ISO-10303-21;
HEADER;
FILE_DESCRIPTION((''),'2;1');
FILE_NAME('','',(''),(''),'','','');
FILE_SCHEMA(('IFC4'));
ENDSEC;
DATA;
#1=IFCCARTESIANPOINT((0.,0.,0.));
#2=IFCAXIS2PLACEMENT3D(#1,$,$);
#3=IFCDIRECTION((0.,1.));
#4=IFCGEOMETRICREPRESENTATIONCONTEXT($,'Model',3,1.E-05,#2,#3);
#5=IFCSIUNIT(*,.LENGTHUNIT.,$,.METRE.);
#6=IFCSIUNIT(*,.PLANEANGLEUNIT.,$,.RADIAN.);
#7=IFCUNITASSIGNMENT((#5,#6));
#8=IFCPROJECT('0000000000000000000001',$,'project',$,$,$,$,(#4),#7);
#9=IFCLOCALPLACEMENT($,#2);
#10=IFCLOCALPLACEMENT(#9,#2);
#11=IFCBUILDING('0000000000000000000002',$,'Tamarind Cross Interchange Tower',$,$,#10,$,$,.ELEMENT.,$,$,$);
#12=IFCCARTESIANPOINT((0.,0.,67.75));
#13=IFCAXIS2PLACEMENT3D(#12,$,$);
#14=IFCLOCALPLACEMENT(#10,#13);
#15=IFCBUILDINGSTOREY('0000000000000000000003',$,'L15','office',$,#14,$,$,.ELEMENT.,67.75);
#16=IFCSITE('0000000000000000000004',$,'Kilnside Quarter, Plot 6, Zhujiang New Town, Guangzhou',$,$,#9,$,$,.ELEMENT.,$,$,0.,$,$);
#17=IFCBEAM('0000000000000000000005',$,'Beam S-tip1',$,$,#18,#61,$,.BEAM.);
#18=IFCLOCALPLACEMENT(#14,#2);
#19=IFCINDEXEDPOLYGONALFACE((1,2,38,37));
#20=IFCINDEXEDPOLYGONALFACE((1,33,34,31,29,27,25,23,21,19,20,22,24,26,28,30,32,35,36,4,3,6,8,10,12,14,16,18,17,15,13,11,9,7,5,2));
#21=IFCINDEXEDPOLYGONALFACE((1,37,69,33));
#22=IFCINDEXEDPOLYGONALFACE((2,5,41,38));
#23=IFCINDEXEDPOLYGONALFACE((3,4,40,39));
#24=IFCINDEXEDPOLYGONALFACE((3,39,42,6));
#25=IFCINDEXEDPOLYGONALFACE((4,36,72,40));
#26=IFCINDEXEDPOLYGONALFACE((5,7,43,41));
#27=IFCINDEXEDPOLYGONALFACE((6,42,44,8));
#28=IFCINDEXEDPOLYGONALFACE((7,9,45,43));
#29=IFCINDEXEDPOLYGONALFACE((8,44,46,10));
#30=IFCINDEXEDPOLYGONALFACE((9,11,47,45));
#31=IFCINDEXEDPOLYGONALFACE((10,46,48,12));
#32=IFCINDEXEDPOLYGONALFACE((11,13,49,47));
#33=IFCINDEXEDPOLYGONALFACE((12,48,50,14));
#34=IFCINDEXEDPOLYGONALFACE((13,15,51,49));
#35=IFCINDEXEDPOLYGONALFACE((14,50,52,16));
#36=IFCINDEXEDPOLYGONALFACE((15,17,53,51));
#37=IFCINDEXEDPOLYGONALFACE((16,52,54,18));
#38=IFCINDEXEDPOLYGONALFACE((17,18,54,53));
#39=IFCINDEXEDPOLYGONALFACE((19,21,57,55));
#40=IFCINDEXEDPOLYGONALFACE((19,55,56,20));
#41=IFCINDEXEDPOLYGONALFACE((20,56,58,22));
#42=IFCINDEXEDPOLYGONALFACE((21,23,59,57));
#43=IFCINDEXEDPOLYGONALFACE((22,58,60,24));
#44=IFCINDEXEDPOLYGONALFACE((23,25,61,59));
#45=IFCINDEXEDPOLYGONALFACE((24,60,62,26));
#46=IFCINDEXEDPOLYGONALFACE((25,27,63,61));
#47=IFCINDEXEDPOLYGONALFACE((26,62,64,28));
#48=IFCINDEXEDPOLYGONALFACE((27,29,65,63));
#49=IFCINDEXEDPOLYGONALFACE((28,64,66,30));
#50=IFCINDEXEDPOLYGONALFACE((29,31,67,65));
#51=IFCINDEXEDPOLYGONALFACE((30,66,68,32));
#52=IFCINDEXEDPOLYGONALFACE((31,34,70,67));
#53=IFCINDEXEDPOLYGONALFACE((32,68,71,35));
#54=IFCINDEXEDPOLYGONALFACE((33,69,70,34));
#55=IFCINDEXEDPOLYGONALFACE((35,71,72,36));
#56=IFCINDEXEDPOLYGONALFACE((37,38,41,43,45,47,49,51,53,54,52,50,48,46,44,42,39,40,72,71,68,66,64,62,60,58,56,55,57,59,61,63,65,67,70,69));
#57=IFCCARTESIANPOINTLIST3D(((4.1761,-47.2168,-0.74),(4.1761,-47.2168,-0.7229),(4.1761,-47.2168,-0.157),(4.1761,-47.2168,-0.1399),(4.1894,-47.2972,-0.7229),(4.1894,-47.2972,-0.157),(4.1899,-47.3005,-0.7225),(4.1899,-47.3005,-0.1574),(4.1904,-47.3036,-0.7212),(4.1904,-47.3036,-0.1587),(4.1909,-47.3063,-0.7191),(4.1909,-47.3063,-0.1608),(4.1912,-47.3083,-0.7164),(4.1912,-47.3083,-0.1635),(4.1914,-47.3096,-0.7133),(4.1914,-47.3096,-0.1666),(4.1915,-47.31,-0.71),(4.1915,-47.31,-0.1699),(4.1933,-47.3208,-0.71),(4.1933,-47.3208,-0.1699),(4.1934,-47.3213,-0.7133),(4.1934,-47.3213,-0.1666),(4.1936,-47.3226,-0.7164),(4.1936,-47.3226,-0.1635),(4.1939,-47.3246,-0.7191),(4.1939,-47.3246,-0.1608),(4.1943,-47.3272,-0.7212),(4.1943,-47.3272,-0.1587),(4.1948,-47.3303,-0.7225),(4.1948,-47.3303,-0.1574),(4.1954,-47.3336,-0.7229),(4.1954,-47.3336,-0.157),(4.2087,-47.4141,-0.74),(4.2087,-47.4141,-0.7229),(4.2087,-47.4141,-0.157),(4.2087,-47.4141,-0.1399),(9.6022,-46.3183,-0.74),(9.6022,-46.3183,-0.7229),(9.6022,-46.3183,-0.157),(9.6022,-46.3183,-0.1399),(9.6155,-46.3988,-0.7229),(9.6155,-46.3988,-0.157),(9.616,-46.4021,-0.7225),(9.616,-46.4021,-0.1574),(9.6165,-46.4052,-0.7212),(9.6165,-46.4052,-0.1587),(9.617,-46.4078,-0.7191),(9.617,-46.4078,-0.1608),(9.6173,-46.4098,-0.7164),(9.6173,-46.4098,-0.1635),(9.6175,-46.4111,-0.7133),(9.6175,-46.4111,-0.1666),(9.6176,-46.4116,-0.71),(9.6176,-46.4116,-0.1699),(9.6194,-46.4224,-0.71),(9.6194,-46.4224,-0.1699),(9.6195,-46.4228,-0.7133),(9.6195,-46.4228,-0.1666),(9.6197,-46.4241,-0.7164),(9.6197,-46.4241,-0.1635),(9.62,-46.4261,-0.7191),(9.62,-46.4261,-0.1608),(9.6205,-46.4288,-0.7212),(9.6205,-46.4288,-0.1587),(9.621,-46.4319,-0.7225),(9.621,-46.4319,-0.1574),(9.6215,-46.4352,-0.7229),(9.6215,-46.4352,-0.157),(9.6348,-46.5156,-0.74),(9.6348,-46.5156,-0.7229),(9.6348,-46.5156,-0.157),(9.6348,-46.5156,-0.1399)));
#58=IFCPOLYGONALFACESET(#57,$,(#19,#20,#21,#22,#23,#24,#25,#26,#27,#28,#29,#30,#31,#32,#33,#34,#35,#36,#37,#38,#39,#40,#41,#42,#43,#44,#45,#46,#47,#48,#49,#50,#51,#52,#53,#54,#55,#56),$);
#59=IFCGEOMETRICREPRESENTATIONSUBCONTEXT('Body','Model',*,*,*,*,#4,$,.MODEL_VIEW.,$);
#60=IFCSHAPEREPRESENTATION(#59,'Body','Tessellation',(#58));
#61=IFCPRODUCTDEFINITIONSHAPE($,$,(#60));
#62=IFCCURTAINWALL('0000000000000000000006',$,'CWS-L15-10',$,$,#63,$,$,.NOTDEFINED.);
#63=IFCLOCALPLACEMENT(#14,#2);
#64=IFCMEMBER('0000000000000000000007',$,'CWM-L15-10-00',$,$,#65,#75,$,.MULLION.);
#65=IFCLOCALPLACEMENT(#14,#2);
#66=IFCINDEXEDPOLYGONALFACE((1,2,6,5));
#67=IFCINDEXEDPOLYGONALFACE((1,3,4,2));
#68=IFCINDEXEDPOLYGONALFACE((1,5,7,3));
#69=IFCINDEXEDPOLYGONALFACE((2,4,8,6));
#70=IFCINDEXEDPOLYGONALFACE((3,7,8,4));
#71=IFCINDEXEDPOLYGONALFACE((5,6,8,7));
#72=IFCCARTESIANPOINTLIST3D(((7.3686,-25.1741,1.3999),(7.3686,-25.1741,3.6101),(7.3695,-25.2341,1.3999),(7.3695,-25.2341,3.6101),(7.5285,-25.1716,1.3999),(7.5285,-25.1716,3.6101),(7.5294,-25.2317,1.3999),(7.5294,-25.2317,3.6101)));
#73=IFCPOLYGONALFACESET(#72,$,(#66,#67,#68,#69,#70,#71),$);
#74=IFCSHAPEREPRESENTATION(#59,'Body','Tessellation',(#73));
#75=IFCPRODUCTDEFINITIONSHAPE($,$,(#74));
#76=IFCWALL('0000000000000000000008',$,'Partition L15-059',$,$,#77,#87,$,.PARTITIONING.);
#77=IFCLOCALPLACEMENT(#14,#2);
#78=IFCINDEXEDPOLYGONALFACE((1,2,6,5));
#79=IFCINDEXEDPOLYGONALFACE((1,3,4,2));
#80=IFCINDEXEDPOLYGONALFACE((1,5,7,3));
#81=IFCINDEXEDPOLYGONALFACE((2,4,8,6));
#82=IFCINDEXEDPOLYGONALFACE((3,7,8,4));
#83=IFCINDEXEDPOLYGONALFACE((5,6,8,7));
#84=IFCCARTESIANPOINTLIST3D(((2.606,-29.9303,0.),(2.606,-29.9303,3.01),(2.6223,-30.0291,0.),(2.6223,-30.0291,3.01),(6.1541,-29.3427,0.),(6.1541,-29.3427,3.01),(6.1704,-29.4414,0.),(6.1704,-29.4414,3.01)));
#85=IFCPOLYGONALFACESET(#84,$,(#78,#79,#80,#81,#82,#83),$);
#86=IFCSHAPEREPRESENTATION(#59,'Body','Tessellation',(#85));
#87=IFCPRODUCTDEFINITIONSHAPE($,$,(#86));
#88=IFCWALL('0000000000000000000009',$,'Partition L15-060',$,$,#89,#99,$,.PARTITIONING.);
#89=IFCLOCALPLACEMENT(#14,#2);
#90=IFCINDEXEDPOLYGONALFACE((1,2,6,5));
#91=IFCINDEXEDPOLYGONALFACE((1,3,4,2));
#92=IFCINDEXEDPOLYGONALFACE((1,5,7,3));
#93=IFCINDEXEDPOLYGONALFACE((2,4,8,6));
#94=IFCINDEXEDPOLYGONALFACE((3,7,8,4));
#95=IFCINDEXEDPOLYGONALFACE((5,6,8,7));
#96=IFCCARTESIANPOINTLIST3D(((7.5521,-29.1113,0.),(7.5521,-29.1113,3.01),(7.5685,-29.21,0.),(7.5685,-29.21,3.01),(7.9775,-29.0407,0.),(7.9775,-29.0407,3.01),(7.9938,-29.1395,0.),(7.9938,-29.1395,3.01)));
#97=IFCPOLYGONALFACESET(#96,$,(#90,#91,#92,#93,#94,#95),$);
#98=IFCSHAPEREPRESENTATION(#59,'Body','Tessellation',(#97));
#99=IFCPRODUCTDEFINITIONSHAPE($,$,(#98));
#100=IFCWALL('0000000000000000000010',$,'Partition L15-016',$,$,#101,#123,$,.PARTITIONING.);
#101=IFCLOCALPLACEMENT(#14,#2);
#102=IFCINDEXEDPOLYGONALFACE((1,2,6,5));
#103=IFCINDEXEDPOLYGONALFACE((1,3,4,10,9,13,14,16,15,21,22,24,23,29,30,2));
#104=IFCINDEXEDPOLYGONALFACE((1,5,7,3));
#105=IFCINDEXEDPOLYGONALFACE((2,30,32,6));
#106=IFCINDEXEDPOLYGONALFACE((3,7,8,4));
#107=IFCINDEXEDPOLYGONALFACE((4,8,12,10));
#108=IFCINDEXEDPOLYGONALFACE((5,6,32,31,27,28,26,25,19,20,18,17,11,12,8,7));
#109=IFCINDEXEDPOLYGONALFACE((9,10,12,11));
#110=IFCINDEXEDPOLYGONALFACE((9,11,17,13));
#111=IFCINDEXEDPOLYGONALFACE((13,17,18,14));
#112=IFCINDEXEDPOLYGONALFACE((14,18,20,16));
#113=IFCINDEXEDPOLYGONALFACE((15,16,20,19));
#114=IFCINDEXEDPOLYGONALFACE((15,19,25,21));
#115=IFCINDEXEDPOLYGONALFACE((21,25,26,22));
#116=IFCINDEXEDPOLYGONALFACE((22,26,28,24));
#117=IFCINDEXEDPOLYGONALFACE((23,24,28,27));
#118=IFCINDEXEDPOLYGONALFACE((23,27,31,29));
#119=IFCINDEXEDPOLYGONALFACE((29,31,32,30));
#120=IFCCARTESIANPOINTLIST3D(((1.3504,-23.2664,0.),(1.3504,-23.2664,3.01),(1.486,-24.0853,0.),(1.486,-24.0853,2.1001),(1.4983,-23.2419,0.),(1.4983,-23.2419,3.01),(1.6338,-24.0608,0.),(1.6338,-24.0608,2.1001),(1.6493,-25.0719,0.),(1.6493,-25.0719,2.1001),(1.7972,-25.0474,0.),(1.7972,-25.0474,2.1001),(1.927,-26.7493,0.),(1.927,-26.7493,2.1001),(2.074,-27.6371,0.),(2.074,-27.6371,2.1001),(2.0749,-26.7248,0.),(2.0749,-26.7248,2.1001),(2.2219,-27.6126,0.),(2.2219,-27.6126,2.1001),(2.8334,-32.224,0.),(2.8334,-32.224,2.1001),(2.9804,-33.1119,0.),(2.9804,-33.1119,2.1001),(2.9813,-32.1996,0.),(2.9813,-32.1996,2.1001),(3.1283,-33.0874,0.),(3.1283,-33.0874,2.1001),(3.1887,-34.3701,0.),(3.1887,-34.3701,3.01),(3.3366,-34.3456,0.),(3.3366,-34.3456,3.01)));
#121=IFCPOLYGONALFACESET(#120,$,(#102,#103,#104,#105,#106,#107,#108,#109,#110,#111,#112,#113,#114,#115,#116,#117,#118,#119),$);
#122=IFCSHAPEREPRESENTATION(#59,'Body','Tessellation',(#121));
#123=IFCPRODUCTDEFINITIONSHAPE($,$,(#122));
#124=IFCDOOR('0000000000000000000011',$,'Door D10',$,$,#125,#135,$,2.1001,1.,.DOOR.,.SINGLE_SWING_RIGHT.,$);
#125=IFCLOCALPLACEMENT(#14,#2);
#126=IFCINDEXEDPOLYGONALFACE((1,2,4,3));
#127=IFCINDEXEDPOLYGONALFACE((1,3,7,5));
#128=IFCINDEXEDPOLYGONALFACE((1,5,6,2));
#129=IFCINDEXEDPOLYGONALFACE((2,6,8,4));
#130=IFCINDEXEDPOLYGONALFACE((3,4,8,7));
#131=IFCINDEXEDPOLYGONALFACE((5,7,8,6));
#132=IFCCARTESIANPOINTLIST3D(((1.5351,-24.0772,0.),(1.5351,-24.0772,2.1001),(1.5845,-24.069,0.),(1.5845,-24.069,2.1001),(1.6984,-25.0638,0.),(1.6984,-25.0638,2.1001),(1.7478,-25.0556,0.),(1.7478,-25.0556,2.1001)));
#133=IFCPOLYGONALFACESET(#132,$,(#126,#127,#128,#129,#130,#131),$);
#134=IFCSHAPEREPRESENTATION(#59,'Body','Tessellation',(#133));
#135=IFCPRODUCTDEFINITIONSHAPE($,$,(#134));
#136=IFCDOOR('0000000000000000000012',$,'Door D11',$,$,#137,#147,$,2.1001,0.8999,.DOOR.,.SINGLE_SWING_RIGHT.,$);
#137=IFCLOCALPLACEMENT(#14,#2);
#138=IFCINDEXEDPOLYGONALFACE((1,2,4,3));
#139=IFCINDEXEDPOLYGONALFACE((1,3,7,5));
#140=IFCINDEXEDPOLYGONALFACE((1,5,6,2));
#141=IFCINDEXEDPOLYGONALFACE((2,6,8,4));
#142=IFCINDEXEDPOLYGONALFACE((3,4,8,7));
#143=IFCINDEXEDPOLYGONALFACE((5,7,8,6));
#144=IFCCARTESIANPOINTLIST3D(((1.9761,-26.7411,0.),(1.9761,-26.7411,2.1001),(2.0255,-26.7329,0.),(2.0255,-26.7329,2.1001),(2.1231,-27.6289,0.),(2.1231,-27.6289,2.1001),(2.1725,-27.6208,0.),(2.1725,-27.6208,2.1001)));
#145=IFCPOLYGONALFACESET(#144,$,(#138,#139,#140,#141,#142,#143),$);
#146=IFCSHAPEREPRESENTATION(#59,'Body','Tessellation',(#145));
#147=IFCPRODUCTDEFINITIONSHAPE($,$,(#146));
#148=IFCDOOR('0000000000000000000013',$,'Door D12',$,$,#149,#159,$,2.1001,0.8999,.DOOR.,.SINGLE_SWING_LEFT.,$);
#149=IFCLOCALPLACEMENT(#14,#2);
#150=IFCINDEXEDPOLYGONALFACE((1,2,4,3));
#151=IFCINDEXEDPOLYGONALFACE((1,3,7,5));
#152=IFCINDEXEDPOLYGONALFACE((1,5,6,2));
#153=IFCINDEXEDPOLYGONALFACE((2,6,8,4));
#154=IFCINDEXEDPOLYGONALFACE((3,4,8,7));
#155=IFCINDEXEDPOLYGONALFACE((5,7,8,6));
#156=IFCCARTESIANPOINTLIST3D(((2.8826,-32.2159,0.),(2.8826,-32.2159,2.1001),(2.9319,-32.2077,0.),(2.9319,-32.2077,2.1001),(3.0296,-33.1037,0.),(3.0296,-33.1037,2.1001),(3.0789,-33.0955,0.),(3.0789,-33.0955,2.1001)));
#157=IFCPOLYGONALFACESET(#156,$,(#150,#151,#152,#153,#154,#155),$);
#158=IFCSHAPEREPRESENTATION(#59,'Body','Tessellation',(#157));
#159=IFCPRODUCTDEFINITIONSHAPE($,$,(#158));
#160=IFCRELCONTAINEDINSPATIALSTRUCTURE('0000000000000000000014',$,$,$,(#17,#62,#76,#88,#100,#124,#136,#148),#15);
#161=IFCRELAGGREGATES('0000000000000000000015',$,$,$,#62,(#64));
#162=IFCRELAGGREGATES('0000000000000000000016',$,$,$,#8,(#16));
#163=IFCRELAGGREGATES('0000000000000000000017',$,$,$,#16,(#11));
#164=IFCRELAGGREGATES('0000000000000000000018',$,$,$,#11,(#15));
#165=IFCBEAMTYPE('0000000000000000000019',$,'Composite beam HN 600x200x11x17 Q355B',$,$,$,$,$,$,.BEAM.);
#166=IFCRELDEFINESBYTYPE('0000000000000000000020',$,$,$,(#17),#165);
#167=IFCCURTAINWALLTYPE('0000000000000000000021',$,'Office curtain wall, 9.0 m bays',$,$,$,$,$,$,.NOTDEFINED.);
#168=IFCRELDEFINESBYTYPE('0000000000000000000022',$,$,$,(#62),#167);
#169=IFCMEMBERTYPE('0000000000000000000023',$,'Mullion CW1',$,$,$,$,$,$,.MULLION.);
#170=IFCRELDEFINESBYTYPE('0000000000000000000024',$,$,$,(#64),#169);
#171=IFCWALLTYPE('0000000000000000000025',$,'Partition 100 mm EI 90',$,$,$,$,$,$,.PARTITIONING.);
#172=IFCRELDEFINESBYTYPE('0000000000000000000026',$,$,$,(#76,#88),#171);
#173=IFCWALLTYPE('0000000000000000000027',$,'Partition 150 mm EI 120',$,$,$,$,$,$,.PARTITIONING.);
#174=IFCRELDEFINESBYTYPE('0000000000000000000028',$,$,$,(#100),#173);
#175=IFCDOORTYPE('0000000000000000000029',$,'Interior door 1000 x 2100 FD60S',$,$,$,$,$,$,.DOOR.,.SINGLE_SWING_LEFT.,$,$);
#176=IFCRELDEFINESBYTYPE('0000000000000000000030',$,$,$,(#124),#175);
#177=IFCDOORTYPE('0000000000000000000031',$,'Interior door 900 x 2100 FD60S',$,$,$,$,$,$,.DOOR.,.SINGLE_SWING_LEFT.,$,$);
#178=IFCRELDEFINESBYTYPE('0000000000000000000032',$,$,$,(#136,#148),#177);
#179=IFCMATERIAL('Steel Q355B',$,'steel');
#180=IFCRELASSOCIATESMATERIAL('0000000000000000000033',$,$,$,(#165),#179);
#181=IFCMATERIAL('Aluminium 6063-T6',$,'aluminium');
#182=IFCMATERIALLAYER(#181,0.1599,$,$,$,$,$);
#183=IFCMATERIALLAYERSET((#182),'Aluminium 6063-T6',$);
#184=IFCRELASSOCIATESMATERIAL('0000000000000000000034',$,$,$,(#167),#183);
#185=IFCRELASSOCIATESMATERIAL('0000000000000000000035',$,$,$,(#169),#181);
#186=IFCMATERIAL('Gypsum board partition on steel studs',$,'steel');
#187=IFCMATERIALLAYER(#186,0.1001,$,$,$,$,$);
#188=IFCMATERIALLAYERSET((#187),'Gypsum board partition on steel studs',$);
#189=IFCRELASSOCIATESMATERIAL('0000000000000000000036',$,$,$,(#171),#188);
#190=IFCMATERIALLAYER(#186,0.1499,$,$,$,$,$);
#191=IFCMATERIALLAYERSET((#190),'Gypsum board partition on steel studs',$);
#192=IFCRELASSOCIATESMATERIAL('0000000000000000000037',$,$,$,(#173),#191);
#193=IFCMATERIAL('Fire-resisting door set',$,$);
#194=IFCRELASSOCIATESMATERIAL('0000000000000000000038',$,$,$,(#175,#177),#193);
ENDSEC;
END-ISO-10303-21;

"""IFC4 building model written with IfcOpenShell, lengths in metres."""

from ifc_helpers import new_model, si_unit, direction, frame, frame_2d, origin, origin_2d, place, context, subcontext, project, spatial, rectangle, i_section, extrude, material, layer, layer_set, material_profile, profile_set, type_object, element, fill, aggregate, save


model = new_model("IFC4")

# Units and contexts
model_context = context("Model", 3, precision=1e-05, world=origin(), true_north=direction((0.0, 1.0)))
body_context = subcontext(model_context, "Body", "Model", "MODEL_VIEW")
ifc_project = project(units=[si_unit("LENGTHUNIT", "METRE"), si_unit("PLANEANGLEUNIT", "RADIAN")], contexts=[model_context])

# Site, building, storey
site_placement = place(None, origin())
site = spatial("IfcSite", under=ifc_project, at=site_placement, Name="Kilnside Quarter, Plot 6, Zhujiang New Town, Guangzhou", CompositionType="ELEMENT", RefElevation=0.0)
building_placement = place(site_placement, origin())
building = spatial("IfcBuilding", under=site, at=building_placement, Name="Tamarind Cross Interchange Tower", CompositionType="ELEMENT")
storey_placement = place(building_placement, frame((0.0, 0.0, 67.75)))
storey = spatial("IfcBuildingStorey", under=building, at=storey_placement, Name="L15", Description="office", CompositionType="ELEMENT", Elevation=67.75)

# Beam
ifc_material_1 = material(Name="Steel Q355B", Category="steel")
ifc_material_profile_1 = material_profile(ifc_material_1, i_section(OverallWidth=0.2, OverallDepth=0.6001, WebThickness=0.011, FlangeThickness=0.0171, FilletRadius=0.0129, at=origin_2d()), Name="HN 600x200x11x17")
ifc_profile_set_1 = profile_set([ifc_material_profile_1], Name="Steel Q355B")
beam_type_1 = type_object("IfcBeamType", Name="Composite beam HN 600x200x11x17 Q355B", PredefinedType="BEAM", material=ifc_profile_set_1)
beam_1_placement = place(storey_placement, frame((4.1924, -47.3154, -0.4399), z_axis=(0.986567, 0.163355, 0.0), x_axis=(-0.163355, 0.986567, 0.0)))
element("IfcBeam", 1, at=beam_1_placement, inside=storey, type_object=beam_type_1, Name="Beam S-tip1", PredefinedType="BEAM", context=body_context, shape_type="SweptSolid", body=[
    extrude(i_section(OverallWidth=0.2, OverallDepth=0.6001, WebThickness=0.011, FlangeThickness=0.0171, FilletRadius=0.0129, at=origin_2d()), origin(), (0.0, 0.0, 1.0), 5.5),
])

# Curtain wall, member
ifc_material_2 = material(Name="Aluminium 6063-T6", Category="aluminium")
ifc_layer_1 = layer(ifc_material_2, 0.1599)
ifc_layer_set_1 = layer_set([ifc_layer_1], Name="Aluminium 6063-T6")
curtain_wall_type = type_object("IfcCurtainWallType", Name="Office curtain wall, 9.0 m bays", PredefinedType="NOTDEFINED", material=ifc_layer_set_1)
curtain_wall_placement = place(storey_placement, origin())
curtain_wall = element("IfcCurtainWall", 2, at=curtain_wall_placement, inside=storey, type_object=curtain_wall_type, Name="CWS-L15-10", PredefinedType="NOTDEFINED")
ifc_material_profile_2 = material_profile(ifc_material_2, rectangle(XDim=0.0601, YDim=0.1599, at=origin_2d()), Name="Mullion CW1")
ifc_profile_set_2 = profile_set([ifc_material_profile_2], Name="Aluminium 6063-T6")
member_type = type_object("IfcMemberType", Name="Mullion CW1", PredefinedType="MULLION", material=ifc_profile_set_2)
member_placement = place(storey_placement, frame((7.449, -25.2029, 1.3999), z_axis=(0.0, 0.0, 1.0), x_axis=(-0.015281, 0.999883, 0.0)))
member = element("IfcMember", 3, at=member_placement, type_object=member_type, Name="CWM-L15-10-00", PredefinedType="MULLION", context=body_context, shape_type="SweptSolid", body=[
    extrude(rectangle(XDim=0.0601, YDim=0.1599, at=origin_2d()), origin(), (0.0, 0.0, 1.0), 2.2102),
])
aggregate(curtain_wall, [member])

# Walls
ifc_material_3 = material(Name="Gypsum board partition on steel studs", Category="steel")
ifc_layer_2 = layer(ifc_material_3, 0.1001)
ifc_layer_set_2 = layer_set([ifc_layer_2], Name="Gypsum board partition on steel studs")
wall_type_1 = type_object("IfcWallType", Name="Partition 100 mm EI 90", PredefinedType="PARTITIONING", material=ifc_layer_set_2)
wall_1_placement = place(storey_placement, frame((2.614, -29.9797, 0.0), z_axis=(0.0, 0.0, 1.0), x_axis=(0.98656, 0.163397, 0.0)))
element("IfcWall", 4, at=wall_1_placement, inside=storey, type_object=wall_type_1, Name="Partition L15-059", PredefinedType="PARTITIONING", context=body_context, shape_type="SweptSolid", body=[
    extrude(rectangle(XDim=3.5964, YDim=0.1001, at=frame_2d((1.7983, 0.0))), origin(), (0.0, 0.0, 1.0), 3.01),
])
wall_2_placement = place(storey_placement, frame((7.5603, -29.1606, 0.0), z_axis=(0.0, 0.0, 1.0), x_axis=(0.986516, 0.163664, 0.0)))
element("IfcWall", 5, at=wall_2_placement, inside=storey, type_object=wall_type_1, Name="Partition L15-060", PredefinedType="PARTITIONING", context=body_context, shape_type="SweptSolid", body=[
    extrude(rectangle(XDim=0.4312, YDim=0.1001, at=frame_2d((0.2156, 0.0))), origin(), (0.0, 0.0, 1.0), 3.01),
])

# Wall, openings, doors
ifc_layer_3 = layer(ifc_material_3, 0.1499)
ifc_layer_set_3 = layer_set([ifc_layer_3], Name="Gypsum board partition on steel studs")
wall_type_2 = type_object("IfcWallType", Name="Partition 150 mm EI 120", PredefinedType="PARTITIONING", material=ifc_layer_set_3)
wall_3_placement = place(storey_placement, frame((1.4243, -23.2542, 0.0), z_axis=(0.0, 0.0, 1.0), x_axis=(0.16334, -0.98657, 0.0)))
wall_3 = element("IfcWall", 6, at=wall_3_placement, inside=storey, type_object=wall_type_2, Name="Partition L15-016", PredefinedType="PARTITIONING", context=body_context, shape_type="SweptSolid", body=[
    extrude(rectangle(XDim=11.2549, YDim=0.1499, at=frame_2d((5.6274, 0.0))), origin(), (0.0, 0.0, 1.0), 3.01),
])
opening_1_placement = place(wall_3_placement, frame((0.8301, 0.0, 0.0)))
opening_1 = element("IfcOpeningElement", 7, at=opening_1_placement, cuts=wall_3, PredefinedType="OPENING", context=body_context, shape_type="SweptSolid", body=[
    extrude(rectangle(XDim=1.0, YDim=2.1001, at=frame_2d((0.5, 1.05))), frame((0.0, 0.085, 0.0), z_axis=(0.0, -1.0, 0.0), x_axis=(1.0, 0.0, 0.0)), (0.0, 0.0, 1.0), 0.1699),
])
opening_2_placement = place(wall_3_placement, frame((3.5303, 0.0, 0.0)))
opening_2 = element("IfcOpeningElement", 8, at=opening_2_placement, cuts=wall_3, PredefinedType="OPENING", context=body_context, shape_type="SweptSolid", body=[
    extrude(rectangle(XDim=0.8999, YDim=2.1001, at=frame_2d((0.45, 1.05))), frame((0.0, 0.085, 0.0), z_axis=(0.0, -1.0, 0.0), x_axis=(1.0, 0.0, 0.0)), (0.0, 0.0, 1.0), 0.1699),
])
opening_3_placement = place(wall_3_placement, frame((9.0796, 0.0, 0.0)))
opening_3 = element("IfcOpeningElement", 9, at=opening_3_placement, cuts=wall_3, PredefinedType="OPENING", context=body_context, shape_type="SweptSolid", body=[
    extrude(rectangle(XDim=0.8999, YDim=2.1001, at=frame_2d((0.45, 1.05))), frame((0.0, 0.085, 0.0), z_axis=(0.0, -1.0, 0.0), x_axis=(1.0, 0.0, 0.0)), (0.0, 0.0, 1.0), 0.1699),
])
ifc_material_4 = material(Name="Fire-resisting door set")
door_type_1 = type_object("IfcDoorType", Name="Interior door 1000 x 2100 FD60S", OperationType="SINGLE_SWING_LEFT", PredefinedType="DOOR", material=ifc_material_4)
door_1_placement = place(opening_1_placement, origin())
door_1 = element("IfcDoor", 10, at=door_1_placement, inside=storey, type_object=door_type_1, Name="Door D10", OperationType="SINGLE_SWING_RIGHT", OverallHeight=2.1001, OverallWidth=1.0, PredefinedType="DOOR", context=body_context, shape_type="SweptSolid", body=[
    extrude(rectangle(XDim=1.0, YDim=2.1001, at=frame_2d((0.5, 1.05))), frame((0.0, 0.0249, 0.0), z_axis=(0.0, -1.0, 0.0), x_axis=(1.0, 0.0, 0.0)), (0.0, 0.0, 1.0), 0.05),
])
fill(opening_1, door_1)
door_type_2 = type_object("IfcDoorType", Name="Interior door 900 x 2100 FD60S", OperationType="SINGLE_SWING_LEFT", PredefinedType="DOOR", material=ifc_material_4)
door_2_placement = place(opening_2_placement, origin())
door_2 = element("IfcDoor", 11, at=door_2_placement, inside=storey, type_object=door_type_2, Name="Door D11", OperationType="SINGLE_SWING_RIGHT", OverallHeight=2.1001, OverallWidth=0.8999, PredefinedType="DOOR", context=body_context, shape_type="SweptSolid", body=[
    extrude(rectangle(XDim=0.8999, YDim=2.1001, at=frame_2d((0.45, 1.05))), frame((0.0, 0.0249, 0.0), z_axis=(0.0, -1.0, 0.0), x_axis=(1.0, 0.0, 0.0)), (0.0, 0.0, 1.0), 0.05),
])
fill(opening_2, door_2)
door_3_placement = place(opening_3_placement, origin())
door_3 = element("IfcDoor", 12, at=door_3_placement, inside=storey, type_object=door_type_2, Name="Door D12", OperationType="SINGLE_SWING_LEFT", OverallHeight=2.1001, OverallWidth=0.8999, PredefinedType="DOOR", context=body_context, shape_type="SweptSolid", body=[
    extrude(rectangle(XDim=0.8999, YDim=2.1001, at=frame_2d((0.45, 1.05))), frame((0.0, 0.0249, 0.0), z_axis=(0.0, -1.0, 0.0), x_axis=(1.0, 0.0, 0.0)), (0.0, 0.0, 1.0), 0.05),
])
fill(opening_3, door_3)

save(model, "model.ifc")
